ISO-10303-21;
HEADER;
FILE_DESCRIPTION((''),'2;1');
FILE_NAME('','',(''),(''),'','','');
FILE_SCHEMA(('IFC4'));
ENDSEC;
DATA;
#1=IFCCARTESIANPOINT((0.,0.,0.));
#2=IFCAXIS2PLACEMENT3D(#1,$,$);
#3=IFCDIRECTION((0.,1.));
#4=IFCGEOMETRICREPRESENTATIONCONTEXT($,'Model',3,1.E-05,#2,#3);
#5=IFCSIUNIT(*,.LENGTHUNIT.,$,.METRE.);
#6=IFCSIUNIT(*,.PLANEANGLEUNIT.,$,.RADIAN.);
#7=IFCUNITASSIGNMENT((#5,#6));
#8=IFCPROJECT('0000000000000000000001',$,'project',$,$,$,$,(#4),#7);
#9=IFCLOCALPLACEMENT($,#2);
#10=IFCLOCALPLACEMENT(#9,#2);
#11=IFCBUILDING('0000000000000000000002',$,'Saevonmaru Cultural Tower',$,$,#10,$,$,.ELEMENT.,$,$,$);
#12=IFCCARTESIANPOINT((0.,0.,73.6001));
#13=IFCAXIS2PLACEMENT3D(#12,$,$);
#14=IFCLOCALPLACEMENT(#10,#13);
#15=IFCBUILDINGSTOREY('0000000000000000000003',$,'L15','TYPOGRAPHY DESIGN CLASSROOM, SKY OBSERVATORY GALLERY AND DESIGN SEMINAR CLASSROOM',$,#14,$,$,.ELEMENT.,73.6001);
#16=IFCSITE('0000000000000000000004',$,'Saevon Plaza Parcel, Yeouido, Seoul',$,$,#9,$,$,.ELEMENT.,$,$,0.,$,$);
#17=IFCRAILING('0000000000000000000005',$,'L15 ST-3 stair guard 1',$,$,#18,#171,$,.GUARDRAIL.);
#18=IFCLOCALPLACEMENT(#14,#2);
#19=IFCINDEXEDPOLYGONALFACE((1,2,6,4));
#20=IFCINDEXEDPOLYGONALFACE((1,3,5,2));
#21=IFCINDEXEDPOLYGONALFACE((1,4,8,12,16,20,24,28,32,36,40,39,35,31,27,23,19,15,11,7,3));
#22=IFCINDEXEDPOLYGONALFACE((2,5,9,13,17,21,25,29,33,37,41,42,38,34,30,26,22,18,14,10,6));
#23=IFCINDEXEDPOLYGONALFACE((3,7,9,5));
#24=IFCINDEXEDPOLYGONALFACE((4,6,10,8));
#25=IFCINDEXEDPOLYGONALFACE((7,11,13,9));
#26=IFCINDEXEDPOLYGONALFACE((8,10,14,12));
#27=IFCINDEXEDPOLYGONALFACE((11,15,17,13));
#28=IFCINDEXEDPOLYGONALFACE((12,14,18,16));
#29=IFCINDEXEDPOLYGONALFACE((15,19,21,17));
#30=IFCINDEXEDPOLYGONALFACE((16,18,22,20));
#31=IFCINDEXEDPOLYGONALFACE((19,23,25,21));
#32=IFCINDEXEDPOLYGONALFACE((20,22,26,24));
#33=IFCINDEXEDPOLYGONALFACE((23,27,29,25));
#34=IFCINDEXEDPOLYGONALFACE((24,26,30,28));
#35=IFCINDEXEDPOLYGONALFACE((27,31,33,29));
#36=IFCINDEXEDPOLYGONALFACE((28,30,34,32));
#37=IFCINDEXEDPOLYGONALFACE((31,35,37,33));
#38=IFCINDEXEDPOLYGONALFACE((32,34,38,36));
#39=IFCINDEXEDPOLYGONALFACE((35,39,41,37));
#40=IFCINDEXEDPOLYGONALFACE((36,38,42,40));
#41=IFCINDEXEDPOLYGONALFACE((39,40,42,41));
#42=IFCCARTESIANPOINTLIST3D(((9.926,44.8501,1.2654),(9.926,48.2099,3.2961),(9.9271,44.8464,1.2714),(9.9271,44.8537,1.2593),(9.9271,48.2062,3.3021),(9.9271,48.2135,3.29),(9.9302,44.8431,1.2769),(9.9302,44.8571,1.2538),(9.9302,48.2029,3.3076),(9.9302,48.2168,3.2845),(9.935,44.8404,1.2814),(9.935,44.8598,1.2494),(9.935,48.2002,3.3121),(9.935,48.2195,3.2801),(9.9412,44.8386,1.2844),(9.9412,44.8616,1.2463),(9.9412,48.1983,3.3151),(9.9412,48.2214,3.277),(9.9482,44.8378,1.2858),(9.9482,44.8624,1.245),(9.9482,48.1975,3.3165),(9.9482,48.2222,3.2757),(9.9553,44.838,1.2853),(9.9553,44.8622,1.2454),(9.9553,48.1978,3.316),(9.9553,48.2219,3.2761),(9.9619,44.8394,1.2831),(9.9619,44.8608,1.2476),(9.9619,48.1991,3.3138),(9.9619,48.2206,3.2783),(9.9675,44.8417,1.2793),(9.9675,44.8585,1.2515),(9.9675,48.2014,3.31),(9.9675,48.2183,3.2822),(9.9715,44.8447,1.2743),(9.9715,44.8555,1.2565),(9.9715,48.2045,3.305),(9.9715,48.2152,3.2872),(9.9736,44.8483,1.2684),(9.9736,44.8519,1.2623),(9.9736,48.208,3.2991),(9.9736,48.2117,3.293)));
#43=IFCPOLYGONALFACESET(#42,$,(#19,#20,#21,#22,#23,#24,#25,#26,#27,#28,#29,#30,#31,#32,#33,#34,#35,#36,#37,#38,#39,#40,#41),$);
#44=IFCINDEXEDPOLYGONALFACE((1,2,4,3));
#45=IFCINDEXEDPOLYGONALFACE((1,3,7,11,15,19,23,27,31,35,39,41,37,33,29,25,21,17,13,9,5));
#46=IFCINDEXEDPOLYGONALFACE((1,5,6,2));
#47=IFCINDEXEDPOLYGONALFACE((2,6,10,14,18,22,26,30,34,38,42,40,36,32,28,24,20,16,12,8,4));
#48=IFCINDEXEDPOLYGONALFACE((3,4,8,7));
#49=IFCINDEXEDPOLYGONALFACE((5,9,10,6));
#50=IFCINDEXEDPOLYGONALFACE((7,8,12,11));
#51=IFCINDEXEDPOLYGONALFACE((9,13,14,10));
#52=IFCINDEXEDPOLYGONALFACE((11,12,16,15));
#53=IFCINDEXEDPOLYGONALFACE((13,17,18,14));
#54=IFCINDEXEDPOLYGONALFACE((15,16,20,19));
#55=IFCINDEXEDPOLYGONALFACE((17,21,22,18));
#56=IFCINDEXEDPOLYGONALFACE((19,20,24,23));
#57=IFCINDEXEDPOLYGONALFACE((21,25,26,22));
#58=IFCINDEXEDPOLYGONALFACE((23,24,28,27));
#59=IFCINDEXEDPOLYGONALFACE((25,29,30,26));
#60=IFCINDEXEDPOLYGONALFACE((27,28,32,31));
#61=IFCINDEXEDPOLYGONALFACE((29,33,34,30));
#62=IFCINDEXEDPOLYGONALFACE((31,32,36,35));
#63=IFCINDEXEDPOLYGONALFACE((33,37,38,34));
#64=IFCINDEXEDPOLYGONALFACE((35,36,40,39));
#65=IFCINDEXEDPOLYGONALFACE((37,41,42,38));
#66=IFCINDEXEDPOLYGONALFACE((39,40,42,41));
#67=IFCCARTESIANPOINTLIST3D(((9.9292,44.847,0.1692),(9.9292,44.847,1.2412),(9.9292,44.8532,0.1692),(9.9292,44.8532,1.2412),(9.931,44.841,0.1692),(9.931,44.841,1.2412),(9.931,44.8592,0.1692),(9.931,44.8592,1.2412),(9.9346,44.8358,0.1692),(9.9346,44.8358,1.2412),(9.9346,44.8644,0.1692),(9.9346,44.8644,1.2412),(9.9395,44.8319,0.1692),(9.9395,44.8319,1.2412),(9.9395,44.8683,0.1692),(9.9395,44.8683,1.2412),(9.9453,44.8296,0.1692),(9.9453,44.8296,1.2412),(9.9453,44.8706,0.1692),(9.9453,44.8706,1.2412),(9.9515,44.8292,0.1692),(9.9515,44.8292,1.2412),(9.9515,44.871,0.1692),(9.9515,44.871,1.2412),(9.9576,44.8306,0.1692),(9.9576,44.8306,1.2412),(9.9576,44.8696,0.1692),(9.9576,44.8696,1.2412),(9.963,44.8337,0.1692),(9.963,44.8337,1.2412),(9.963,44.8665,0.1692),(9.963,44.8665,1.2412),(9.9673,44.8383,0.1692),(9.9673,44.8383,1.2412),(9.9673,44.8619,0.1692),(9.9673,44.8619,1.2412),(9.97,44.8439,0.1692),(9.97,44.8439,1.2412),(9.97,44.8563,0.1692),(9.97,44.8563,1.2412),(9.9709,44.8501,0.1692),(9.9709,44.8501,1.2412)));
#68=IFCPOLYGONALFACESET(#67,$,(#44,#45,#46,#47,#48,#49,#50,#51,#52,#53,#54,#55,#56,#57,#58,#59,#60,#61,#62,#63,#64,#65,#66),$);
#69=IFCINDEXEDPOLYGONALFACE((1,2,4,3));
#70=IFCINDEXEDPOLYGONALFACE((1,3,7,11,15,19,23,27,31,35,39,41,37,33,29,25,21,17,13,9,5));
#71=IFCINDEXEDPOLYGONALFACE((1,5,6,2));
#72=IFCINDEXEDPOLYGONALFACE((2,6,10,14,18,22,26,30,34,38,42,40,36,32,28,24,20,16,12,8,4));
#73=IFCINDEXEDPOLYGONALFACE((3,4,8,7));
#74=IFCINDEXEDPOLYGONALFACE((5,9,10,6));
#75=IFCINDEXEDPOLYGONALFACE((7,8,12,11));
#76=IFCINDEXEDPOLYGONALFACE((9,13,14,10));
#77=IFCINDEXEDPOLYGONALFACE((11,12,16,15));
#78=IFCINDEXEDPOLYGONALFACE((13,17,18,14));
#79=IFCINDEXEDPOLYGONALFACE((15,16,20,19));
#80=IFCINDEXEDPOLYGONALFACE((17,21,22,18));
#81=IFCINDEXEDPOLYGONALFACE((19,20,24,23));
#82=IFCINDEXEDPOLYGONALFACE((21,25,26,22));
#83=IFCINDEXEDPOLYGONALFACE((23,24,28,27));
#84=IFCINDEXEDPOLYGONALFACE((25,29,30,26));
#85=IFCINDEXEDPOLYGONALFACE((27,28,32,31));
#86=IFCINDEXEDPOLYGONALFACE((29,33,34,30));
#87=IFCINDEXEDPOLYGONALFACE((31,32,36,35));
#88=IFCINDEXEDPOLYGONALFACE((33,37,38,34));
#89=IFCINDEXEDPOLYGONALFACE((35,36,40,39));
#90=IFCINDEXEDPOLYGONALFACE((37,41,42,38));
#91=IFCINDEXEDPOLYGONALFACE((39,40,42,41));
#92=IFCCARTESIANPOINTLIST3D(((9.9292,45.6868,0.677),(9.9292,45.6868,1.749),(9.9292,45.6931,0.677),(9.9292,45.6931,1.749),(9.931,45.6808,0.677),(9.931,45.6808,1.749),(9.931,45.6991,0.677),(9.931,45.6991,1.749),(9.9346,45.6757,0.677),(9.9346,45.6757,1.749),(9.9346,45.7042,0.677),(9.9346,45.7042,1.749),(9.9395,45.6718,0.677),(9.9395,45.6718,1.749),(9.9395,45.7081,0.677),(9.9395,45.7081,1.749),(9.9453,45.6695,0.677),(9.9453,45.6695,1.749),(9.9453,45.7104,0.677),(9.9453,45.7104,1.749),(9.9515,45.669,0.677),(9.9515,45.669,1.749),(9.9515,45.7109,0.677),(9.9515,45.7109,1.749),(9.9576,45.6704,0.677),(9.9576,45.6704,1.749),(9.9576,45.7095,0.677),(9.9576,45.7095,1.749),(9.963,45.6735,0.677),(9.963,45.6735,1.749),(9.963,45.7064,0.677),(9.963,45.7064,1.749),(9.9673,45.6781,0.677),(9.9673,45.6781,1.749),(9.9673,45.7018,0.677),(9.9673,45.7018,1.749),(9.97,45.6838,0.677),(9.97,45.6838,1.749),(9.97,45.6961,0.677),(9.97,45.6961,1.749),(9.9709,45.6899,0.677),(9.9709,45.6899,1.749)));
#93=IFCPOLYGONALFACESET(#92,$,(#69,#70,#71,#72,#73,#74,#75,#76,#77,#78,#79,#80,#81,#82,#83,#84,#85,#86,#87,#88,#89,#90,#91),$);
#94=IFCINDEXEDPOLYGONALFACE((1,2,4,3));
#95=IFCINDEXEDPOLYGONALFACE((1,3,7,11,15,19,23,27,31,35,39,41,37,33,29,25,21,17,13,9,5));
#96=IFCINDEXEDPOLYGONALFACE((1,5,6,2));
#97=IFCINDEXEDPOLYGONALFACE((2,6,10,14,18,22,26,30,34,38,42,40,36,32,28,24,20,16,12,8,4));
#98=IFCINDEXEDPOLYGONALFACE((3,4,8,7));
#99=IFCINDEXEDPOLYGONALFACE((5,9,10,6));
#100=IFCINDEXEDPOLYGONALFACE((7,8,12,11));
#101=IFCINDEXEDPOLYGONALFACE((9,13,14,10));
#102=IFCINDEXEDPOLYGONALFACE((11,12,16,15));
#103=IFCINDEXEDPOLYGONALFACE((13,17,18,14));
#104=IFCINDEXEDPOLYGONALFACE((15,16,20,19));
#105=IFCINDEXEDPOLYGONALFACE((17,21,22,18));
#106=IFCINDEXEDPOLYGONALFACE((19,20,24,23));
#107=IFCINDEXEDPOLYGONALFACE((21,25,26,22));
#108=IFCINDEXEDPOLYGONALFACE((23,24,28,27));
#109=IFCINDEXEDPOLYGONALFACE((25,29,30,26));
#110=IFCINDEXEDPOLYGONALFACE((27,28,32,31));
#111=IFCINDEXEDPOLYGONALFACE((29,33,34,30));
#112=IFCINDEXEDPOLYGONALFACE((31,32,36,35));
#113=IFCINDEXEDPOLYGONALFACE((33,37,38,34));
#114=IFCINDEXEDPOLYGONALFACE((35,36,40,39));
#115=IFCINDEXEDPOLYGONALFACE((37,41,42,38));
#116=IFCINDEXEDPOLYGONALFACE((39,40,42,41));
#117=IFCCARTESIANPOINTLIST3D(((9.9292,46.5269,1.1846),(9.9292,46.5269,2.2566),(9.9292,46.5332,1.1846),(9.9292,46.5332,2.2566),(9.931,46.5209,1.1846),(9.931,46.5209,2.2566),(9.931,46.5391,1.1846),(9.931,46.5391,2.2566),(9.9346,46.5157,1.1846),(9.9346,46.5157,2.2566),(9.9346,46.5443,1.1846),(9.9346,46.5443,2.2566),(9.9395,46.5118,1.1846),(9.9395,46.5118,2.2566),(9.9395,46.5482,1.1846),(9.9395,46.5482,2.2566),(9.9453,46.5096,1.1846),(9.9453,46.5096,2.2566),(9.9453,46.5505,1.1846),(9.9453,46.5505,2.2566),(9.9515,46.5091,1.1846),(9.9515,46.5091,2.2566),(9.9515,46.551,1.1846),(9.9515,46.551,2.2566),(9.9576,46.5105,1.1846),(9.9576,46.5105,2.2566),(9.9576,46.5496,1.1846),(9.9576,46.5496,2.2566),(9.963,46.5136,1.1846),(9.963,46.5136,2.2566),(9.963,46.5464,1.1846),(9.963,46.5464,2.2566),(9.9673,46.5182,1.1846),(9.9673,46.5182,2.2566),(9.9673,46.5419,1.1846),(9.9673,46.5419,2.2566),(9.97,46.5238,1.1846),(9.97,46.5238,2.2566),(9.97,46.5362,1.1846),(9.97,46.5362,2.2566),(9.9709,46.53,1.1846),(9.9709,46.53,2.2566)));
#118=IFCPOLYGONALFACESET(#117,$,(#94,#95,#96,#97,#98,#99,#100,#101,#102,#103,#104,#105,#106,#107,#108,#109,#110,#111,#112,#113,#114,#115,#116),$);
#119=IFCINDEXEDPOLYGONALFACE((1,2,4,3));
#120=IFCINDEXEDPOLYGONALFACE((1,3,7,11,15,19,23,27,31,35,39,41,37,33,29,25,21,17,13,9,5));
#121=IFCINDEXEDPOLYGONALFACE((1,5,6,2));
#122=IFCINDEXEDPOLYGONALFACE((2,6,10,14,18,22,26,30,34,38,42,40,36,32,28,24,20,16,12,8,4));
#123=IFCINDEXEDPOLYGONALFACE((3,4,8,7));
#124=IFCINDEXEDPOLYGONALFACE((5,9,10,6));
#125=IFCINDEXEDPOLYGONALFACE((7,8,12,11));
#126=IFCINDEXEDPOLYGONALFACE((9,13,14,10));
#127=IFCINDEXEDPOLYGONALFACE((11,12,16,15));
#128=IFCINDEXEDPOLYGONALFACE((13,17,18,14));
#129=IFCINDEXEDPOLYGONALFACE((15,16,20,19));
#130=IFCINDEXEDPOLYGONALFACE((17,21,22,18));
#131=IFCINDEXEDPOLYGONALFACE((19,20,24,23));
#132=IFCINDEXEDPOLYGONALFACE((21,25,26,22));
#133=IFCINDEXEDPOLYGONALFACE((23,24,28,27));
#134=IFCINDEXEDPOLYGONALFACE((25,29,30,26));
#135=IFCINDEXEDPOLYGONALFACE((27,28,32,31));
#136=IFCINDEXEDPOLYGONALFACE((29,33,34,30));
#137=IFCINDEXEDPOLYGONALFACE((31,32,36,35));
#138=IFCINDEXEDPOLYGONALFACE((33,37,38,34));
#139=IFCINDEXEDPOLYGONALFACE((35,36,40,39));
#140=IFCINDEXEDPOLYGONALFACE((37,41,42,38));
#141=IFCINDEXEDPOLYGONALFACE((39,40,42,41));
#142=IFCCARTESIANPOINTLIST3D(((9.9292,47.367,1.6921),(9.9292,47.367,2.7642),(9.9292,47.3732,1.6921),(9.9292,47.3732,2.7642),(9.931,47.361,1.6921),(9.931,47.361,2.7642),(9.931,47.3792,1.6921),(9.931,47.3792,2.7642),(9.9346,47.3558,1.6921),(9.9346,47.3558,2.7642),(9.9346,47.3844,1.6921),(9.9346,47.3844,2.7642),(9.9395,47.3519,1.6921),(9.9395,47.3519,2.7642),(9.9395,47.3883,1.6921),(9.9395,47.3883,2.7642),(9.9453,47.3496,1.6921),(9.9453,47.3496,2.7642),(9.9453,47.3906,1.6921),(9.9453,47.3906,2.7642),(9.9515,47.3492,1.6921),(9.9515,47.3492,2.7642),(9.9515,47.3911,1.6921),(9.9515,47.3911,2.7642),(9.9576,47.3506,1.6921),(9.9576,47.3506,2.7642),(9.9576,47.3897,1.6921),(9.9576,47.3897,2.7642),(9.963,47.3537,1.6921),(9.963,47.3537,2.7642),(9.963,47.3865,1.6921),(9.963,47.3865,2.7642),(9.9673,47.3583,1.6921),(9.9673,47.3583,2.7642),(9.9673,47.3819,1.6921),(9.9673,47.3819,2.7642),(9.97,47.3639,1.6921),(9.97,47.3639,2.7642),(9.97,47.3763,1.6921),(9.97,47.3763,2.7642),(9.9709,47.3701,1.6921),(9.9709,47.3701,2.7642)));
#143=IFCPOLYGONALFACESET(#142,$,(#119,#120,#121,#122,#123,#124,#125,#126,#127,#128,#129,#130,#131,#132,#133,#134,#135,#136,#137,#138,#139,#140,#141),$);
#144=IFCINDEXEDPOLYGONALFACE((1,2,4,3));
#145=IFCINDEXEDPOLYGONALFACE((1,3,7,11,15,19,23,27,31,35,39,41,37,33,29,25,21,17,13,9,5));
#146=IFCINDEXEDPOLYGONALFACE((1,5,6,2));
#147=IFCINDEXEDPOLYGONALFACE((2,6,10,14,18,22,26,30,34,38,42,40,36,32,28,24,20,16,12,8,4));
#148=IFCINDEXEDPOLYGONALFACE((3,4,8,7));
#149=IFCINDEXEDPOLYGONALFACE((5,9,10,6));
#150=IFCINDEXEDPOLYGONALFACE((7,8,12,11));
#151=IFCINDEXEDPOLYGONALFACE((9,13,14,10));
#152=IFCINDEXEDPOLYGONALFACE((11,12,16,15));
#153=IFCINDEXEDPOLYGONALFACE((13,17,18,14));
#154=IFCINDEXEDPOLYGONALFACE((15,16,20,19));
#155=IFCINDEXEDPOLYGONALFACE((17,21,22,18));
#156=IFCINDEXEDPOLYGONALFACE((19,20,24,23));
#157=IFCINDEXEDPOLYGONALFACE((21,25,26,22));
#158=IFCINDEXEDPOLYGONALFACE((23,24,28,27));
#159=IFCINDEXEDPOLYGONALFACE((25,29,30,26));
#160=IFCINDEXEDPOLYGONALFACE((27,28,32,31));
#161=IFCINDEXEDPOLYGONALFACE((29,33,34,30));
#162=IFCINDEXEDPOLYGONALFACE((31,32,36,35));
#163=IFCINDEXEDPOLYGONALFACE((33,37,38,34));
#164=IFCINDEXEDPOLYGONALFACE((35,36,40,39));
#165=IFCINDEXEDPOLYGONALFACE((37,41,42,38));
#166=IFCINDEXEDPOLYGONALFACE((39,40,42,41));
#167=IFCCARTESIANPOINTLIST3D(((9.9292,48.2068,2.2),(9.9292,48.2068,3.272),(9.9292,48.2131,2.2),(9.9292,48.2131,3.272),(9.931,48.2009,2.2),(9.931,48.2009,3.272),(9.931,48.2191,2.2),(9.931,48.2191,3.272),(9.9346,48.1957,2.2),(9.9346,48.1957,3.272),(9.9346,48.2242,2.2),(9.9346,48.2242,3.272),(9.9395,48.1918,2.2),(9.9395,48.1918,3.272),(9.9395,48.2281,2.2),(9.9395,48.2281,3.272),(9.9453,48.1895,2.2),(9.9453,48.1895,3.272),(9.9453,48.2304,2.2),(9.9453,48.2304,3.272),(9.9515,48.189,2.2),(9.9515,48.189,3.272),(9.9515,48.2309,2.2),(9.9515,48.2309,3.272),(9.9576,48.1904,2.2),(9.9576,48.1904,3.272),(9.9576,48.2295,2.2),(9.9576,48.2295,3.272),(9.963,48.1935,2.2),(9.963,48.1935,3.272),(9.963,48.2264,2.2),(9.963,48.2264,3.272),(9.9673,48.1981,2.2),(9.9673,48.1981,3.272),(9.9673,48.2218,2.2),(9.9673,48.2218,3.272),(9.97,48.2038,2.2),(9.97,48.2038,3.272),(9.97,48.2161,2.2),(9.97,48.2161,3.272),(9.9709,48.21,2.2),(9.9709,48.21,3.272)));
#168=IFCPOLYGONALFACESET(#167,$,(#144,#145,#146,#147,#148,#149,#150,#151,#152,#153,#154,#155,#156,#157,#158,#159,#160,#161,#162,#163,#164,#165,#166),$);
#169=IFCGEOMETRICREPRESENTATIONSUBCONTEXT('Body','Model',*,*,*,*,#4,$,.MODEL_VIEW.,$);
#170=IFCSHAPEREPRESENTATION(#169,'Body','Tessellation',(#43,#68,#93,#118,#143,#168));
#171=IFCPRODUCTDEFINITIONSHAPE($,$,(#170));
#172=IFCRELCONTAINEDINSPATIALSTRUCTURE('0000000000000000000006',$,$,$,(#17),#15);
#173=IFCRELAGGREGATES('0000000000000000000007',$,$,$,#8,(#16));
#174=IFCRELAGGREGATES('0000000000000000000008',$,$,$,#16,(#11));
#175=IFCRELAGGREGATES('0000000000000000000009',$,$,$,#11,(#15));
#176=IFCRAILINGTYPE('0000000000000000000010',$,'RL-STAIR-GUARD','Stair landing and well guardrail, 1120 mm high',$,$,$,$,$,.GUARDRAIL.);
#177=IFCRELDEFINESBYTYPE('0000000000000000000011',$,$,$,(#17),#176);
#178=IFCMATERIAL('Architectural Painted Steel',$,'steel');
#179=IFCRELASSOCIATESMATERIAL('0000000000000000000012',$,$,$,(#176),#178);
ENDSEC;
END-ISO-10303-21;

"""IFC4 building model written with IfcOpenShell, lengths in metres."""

from ifc_helpers import new_model, si_unit, direction, frame, origin, origin_2d, place, context, subcontext, project, spatial, circle, extrude, material, type_object, element, save


model = new_model("IFC4")

# Units and contexts
model_context = context("Model", 3, precision=1e-05, world=origin(), true_north=direction((0.0, 1.0)))
body_context = subcontext(model_context, "Body", "Model", "MODEL_VIEW")
ifc_project = project(units=[si_unit("LENGTHUNIT", "METRE"), si_unit("PLANEANGLEUNIT", "RADIAN")], contexts=[model_context])

# Site, building, storey
site_placement = place(None, origin())
site = spatial("IfcSite", under=ifc_project, at=site_placement, Name="Saevon Plaza Parcel, Yeouido, Seoul", CompositionType="ELEMENT", RefElevation=0.0)
building_placement = place(site_placement, origin())
building = spatial("IfcBuilding", under=site, at=building_placement, Name="Saevonmaru Cultural Tower", CompositionType="ELEMENT")
storey_placement = place(building_placement, frame((0.0, 0.0, 73.6001)))
storey = spatial("IfcBuildingStorey", under=building, at=storey_placement, Name="L15", Description="TYPOGRAPHY DESIGN CLASSROOM, SKY OBSERVATORY GALLERY AND DESIGN SEMINAR CLASSROOM", CompositionType="ELEMENT", Elevation=73.6001)

# Railing
ifc_material_1 = material(Name="Architectural Painted Steel", Category="steel")
railing_type = type_object("IfcRailingType", Name="RL-STAIR-GUARD", Description="Stair landing and well guardrail, 1120 mm high", PredefinedType="GUARDRAIL", material=ifc_material_1)
railing_1_placement = place(storey_placement, frame((9.95, 44.8501, 0.1692)))
element("IfcRailing", 1, at=railing_1_placement, inside=storey, type_object=railing_type, Name="L15 ST-3 stair guard 1", PredefinedType="GUARDRAIL", context=body_context, shape_type="SweptSolid", body=[
    extrude(circle(Radius=0.0239, at=origin_2d()), frame((0.0, 0.0, 1.0962), z_axis=(0.0, 0.85582, 0.517273), x_axis=(-1.0, 0.0, 0.0)), (0.0, 0.0, 1.0), 3.9258),
    extrude(circle(Radius=0.021, at=origin_2d()), origin(), (0.0, 0.0, 1.0), 1.072),
    extrude(circle(Radius=0.021, at=origin_2d()), frame((0.0, 0.8398, 0.5078)), (0.0, 0.0, 1.0), 1.072),
    extrude(circle(Radius=0.021, at=origin_2d()), frame((0.0, 1.6799, 1.0154)), (0.0, 0.0, 1.0), 1.072),
    extrude(circle(Radius=0.021, at=origin_2d()), frame((0.0, 2.52, 1.5229)), (0.0, 0.0, 1.0), 1.072),
    extrude(circle(Radius=0.021, at=origin_2d()), frame((0.0, 3.3599, 2.0308)), (0.0, 0.0, 1.0), 1.072),
])

save(model, "model.ifc")
